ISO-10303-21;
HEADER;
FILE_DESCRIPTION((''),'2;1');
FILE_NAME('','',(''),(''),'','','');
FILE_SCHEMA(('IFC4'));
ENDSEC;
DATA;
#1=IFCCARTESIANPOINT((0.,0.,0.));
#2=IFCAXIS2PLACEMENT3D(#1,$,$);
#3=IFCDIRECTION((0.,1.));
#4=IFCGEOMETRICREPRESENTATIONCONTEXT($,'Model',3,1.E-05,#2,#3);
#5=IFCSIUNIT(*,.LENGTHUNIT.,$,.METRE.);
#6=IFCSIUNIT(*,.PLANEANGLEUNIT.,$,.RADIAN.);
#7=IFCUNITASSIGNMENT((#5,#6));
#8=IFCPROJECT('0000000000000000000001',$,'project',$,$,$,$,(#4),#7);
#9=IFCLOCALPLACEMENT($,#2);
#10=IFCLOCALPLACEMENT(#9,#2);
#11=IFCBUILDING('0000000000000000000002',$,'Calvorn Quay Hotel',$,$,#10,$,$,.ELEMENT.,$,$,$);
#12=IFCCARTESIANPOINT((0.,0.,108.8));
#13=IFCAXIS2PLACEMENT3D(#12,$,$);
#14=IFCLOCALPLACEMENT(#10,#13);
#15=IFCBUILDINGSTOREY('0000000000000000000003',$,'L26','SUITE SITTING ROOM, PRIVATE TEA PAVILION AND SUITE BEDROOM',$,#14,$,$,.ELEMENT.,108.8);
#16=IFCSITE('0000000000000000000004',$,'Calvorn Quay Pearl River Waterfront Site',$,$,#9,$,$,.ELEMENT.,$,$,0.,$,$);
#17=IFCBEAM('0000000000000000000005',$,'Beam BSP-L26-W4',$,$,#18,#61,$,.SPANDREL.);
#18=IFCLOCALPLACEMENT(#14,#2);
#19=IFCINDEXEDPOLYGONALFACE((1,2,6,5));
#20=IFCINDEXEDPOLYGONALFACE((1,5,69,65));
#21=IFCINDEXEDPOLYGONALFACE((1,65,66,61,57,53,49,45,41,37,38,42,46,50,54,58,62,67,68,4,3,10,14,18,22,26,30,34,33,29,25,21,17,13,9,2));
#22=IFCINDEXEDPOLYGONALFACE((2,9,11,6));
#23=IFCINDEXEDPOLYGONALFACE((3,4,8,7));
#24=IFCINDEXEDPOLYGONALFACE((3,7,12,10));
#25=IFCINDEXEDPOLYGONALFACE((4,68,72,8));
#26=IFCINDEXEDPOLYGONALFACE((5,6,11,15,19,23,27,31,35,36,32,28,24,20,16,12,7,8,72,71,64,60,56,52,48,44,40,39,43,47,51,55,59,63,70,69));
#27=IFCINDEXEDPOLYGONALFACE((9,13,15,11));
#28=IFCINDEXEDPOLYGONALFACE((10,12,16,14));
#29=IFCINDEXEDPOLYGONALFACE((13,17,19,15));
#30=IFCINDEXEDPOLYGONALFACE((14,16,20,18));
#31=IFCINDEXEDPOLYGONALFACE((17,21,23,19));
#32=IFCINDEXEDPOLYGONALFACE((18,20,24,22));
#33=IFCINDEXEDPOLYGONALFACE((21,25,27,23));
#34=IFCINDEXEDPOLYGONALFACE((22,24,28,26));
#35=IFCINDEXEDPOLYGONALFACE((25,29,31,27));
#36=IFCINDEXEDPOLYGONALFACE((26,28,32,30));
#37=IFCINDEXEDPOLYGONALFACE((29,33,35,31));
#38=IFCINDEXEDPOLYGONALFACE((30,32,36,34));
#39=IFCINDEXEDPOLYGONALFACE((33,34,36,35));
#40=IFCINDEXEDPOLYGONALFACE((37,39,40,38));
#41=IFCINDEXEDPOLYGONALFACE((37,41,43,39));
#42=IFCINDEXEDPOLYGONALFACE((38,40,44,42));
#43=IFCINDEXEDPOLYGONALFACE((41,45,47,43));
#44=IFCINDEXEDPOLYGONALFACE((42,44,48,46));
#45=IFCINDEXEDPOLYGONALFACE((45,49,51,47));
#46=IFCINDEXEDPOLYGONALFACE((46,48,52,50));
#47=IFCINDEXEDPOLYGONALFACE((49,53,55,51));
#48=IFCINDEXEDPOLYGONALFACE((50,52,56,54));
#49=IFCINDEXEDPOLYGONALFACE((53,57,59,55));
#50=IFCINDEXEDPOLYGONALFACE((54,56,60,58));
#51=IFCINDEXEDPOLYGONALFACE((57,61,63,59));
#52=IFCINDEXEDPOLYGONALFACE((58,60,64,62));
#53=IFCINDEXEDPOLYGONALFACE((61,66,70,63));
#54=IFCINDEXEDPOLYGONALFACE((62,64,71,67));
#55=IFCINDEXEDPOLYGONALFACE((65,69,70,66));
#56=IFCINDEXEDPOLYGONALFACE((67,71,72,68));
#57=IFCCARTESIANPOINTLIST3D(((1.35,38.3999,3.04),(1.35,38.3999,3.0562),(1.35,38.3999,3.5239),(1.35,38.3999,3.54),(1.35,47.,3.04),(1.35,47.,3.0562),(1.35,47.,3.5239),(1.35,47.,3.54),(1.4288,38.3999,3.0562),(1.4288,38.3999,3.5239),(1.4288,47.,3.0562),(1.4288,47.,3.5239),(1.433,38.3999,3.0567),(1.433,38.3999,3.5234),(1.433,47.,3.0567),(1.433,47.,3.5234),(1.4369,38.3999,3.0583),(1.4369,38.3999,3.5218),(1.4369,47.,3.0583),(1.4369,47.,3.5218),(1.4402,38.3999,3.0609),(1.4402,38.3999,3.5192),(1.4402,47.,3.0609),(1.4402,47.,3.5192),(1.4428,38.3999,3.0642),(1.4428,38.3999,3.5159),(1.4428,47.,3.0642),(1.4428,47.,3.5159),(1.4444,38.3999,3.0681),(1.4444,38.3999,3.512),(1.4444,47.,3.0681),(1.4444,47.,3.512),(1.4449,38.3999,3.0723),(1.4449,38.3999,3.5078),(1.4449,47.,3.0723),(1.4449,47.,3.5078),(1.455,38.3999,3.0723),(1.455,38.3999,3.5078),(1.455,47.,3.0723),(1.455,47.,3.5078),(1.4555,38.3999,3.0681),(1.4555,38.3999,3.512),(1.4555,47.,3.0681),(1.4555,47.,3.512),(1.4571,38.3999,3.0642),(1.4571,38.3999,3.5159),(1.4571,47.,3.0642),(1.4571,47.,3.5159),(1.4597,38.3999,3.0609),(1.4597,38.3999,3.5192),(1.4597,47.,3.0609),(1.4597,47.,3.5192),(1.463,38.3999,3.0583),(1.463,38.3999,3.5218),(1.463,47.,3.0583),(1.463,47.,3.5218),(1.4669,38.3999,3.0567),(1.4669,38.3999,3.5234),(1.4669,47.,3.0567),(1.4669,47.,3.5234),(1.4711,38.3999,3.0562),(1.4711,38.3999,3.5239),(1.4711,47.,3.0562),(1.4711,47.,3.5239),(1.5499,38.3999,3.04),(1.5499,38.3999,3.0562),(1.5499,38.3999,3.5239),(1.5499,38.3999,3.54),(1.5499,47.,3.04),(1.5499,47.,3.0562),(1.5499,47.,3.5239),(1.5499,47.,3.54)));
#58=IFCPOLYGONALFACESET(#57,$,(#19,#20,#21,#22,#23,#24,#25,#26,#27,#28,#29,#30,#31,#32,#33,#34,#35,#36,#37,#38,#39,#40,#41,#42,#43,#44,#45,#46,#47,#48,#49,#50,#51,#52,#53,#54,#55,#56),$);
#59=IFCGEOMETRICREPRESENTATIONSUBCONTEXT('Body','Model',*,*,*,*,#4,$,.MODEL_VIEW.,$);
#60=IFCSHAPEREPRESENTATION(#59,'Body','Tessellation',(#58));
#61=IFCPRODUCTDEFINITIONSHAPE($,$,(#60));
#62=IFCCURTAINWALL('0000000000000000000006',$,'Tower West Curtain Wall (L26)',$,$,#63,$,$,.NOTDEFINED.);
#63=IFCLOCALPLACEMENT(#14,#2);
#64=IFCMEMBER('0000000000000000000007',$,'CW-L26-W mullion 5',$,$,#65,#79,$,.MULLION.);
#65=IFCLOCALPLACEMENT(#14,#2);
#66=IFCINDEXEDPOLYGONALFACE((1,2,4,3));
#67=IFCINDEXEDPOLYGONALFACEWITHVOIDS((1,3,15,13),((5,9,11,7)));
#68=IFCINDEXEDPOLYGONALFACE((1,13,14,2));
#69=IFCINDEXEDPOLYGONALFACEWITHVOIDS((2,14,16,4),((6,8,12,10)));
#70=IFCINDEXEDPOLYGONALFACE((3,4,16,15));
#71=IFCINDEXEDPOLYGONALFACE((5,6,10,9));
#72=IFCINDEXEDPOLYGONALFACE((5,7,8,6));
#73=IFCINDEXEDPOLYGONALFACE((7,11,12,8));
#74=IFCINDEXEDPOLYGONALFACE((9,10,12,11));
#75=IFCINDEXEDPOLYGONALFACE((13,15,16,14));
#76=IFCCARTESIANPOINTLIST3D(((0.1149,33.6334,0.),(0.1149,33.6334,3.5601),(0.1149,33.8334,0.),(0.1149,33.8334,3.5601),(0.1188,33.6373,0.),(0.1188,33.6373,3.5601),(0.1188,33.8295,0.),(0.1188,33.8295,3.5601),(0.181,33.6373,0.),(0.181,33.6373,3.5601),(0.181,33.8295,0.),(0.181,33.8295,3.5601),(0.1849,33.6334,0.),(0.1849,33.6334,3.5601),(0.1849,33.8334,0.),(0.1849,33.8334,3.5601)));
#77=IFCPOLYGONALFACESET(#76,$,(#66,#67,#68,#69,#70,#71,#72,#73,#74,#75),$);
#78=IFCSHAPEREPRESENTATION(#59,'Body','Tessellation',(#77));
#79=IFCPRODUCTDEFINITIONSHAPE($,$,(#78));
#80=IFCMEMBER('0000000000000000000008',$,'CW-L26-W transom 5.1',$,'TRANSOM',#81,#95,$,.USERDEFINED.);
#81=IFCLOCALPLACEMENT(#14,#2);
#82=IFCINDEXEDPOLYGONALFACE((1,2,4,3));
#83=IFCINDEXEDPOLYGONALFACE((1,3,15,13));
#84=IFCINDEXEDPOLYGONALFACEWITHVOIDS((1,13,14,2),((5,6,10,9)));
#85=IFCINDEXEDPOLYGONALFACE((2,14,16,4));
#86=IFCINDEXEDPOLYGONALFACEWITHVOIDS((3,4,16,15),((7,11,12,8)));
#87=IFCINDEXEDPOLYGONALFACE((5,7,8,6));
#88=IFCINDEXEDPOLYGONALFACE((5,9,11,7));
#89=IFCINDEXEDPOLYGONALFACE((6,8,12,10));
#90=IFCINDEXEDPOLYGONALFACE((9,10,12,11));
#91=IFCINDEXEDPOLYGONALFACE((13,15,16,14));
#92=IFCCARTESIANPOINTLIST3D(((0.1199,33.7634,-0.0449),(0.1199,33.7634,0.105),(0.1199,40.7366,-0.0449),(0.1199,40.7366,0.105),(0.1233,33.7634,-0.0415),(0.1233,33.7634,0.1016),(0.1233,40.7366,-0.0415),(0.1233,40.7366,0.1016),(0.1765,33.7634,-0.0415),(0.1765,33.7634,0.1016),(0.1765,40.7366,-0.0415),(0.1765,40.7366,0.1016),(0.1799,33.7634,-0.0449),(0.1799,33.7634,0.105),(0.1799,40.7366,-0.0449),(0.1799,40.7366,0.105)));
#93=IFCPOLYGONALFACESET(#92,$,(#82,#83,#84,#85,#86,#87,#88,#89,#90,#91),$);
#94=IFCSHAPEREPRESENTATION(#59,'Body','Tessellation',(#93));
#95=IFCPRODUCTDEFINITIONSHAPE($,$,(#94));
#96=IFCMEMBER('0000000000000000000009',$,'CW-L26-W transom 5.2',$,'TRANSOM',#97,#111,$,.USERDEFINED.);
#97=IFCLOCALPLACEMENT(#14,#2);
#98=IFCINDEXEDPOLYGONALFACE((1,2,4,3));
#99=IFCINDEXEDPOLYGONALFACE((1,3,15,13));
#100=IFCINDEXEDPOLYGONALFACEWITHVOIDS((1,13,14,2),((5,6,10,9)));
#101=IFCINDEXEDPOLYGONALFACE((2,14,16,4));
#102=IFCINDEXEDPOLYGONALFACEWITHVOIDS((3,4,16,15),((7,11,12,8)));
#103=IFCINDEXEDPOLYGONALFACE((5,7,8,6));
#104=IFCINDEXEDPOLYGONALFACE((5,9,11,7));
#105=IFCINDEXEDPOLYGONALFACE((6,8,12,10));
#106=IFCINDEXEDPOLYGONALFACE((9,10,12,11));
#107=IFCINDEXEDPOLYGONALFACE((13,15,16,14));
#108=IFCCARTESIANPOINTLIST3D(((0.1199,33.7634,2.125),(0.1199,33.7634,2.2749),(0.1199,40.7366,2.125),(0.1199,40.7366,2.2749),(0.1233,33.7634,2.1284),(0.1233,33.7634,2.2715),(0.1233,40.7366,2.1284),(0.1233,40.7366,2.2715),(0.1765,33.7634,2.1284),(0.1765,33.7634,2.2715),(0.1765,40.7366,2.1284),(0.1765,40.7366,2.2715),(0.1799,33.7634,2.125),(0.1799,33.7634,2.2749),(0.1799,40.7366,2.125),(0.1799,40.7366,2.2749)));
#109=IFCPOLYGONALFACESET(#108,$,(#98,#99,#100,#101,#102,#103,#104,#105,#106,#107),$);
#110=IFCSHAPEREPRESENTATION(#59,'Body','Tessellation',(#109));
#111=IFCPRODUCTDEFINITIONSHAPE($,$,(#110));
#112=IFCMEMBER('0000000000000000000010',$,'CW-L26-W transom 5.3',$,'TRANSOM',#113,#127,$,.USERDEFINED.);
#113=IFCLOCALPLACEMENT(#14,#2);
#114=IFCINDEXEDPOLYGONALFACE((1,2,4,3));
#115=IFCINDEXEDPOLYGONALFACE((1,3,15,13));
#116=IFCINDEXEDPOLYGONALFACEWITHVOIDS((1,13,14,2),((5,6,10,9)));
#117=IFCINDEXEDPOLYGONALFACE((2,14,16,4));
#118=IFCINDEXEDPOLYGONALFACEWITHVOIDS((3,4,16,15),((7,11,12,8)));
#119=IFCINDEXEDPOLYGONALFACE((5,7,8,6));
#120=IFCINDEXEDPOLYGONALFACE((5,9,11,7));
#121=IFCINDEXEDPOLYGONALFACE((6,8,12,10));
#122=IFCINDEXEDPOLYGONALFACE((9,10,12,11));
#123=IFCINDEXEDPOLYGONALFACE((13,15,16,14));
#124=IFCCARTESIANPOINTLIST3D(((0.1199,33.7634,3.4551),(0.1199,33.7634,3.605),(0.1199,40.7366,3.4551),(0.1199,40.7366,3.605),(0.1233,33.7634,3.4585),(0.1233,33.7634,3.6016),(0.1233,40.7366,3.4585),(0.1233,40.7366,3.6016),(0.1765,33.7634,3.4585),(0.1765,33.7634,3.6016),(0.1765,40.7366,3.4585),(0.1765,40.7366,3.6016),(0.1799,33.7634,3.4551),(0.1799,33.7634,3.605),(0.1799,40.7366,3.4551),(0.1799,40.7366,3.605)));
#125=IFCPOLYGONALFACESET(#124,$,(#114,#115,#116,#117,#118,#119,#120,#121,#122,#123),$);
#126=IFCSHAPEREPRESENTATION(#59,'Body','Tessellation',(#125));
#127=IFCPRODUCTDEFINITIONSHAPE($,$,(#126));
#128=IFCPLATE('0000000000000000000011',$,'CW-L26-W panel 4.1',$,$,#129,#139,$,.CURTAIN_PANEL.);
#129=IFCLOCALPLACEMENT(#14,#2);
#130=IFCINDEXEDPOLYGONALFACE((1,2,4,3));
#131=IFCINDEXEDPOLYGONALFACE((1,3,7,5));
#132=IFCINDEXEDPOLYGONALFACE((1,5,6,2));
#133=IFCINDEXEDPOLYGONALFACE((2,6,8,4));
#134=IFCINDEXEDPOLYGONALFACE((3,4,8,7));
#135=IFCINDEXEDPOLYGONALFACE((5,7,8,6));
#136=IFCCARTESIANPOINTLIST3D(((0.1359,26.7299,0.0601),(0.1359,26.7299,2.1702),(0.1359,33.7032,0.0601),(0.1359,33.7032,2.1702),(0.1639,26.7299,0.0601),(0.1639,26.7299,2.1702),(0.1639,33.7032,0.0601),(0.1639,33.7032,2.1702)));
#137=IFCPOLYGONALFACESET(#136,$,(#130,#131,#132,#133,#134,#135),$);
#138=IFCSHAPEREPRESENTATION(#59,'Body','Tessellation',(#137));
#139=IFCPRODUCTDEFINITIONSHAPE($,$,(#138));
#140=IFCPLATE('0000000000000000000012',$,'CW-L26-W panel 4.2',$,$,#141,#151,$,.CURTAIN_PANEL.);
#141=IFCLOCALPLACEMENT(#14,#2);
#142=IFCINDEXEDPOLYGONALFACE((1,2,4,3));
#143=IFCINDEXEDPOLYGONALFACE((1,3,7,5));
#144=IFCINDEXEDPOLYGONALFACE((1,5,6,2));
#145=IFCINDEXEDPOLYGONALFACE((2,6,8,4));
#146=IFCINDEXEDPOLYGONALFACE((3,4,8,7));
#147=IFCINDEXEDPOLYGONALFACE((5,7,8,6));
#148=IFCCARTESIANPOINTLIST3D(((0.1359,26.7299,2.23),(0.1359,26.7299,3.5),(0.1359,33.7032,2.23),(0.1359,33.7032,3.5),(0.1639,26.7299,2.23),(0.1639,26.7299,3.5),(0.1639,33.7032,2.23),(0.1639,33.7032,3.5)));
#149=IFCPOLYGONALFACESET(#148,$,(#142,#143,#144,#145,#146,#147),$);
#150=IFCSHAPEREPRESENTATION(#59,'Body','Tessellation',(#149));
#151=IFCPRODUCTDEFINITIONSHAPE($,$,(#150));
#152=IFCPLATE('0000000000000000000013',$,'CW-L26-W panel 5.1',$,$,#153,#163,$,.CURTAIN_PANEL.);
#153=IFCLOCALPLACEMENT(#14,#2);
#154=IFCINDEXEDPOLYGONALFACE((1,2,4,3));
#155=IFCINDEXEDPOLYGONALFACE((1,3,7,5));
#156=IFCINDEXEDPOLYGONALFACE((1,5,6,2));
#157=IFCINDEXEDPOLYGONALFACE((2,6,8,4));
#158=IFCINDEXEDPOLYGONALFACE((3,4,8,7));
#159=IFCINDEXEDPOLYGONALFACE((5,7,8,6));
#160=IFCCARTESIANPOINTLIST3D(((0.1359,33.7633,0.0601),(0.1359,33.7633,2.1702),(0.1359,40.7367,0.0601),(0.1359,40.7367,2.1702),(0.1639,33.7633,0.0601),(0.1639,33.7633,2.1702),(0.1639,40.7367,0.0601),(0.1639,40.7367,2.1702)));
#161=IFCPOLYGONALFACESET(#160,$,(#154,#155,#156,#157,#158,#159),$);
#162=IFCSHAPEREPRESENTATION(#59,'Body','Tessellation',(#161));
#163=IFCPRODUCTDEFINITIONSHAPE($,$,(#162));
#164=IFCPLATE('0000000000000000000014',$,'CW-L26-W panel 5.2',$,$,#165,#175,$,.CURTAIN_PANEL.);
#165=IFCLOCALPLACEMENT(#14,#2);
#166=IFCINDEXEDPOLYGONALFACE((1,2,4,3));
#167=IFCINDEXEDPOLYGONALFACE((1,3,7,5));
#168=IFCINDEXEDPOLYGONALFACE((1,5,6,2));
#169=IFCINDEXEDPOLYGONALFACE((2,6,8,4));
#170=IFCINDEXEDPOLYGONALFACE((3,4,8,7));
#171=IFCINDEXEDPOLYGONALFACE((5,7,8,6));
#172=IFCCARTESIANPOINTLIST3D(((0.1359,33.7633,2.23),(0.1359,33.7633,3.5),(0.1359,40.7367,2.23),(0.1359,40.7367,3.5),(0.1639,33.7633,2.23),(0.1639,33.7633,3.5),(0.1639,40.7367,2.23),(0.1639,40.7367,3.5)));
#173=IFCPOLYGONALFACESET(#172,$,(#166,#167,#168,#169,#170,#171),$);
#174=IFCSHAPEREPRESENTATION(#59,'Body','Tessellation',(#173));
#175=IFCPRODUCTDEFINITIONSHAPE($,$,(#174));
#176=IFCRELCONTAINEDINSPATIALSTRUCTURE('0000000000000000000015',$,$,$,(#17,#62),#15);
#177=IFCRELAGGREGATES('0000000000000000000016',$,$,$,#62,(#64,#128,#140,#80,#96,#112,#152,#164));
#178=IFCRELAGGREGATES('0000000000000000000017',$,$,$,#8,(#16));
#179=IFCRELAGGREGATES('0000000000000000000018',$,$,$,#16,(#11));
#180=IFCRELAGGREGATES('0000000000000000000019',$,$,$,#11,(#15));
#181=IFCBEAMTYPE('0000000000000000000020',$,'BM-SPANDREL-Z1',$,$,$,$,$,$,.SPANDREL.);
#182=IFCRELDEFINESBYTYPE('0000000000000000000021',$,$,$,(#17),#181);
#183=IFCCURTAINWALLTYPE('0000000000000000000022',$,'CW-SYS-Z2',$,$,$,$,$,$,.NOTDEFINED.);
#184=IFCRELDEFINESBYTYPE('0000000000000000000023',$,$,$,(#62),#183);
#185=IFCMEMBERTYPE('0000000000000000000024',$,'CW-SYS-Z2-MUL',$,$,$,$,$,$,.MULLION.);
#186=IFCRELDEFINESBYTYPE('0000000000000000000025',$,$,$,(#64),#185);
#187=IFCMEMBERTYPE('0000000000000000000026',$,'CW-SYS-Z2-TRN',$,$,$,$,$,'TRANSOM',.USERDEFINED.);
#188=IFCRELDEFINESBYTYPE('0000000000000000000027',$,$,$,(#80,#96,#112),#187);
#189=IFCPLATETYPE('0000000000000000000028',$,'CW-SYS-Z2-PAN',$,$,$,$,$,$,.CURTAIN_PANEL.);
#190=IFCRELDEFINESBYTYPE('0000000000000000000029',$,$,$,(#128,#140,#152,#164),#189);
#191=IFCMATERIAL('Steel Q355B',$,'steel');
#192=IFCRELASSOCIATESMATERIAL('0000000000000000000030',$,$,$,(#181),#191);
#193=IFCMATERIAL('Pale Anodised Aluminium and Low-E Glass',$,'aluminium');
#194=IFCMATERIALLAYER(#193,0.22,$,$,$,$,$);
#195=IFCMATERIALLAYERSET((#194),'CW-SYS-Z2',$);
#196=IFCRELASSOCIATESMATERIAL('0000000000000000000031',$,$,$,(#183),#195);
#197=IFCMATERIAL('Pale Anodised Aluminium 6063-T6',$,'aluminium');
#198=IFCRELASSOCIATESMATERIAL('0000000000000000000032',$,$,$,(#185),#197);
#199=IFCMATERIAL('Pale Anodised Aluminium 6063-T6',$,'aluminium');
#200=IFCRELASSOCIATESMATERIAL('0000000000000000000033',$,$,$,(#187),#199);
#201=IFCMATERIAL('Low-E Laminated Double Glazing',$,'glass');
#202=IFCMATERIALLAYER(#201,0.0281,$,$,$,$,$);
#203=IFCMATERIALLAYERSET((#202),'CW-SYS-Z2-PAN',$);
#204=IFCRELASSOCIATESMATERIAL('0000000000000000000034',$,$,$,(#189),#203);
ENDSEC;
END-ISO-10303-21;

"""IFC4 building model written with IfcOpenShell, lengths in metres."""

from ifc_helpers import new_model, si_unit, direction, frame, origin, origin_2d, place, context, subcontext, project, spatial, rectangle, hollow_rectangle, i_section, extrude, material, layer, layer_set, material_profile, profile_set, type_object, element, aggregate, save


model = new_model("IFC4")

# Units and contexts
model_context = context("Model", 3, precision=1e-05, world=origin(), true_north=direction((0.0, 1.0)))
body_context = subcontext(model_context, "Body", "Model", "MODEL_VIEW")
ifc_project = project(units=[si_unit("LENGTHUNIT", "METRE"), si_unit("PLANEANGLEUNIT", "RADIAN")], contexts=[model_context])

# Site, building, storey
site_placement = place(None, origin())
site = spatial("IfcSite", under=ifc_project, at=site_placement, Name="Calvorn Quay Pearl River Waterfront Site", CompositionType="ELEMENT", RefElevation=0.0)
building_placement = place(site_placement, origin())
building = spatial("IfcBuilding", under=site, at=building_placement, Name="Calvorn Quay Hotel", CompositionType="ELEMENT")
storey_placement = place(building_placement, frame((0.0, 0.0, 108.8)))
storey = spatial("IfcBuildingStorey", under=building, at=storey_placement, Name="L26", Description="SUITE SITTING ROOM, PRIVATE TEA PAVILION AND SUITE BEDROOM", CompositionType="ELEMENT", Elevation=108.8)

# Beam
ifc_material_1 = material(Name="Steel Q355B", Category="steel")
ifc_material_profile_1 = material_profile(ifc_material_1, i_section(OverallWidth=0.2, OverallDepth=0.5, WebThickness=0.01, FlangeThickness=0.0161, FilletRadius=0.0161, at=origin_2d()), Name="HN500x200x10x16")
ifc_profile_set_1 = profile_set([ifc_material_profile_1], Name="Steel Q355B")
beam_type_1 = type_object("IfcBeamType", Name="BM-SPANDREL-Z1", PredefinedType="SPANDREL", material=ifc_profile_set_1)
beam_1_placement = place(storey_placement, frame((1.45, 38.3999, 3.29), z_axis=(0.0, 1.0, 0.0), x_axis=(-1.0, 0.0, 0.0)))
element("IfcBeam", 1, at=beam_1_placement, inside=storey, type_object=beam_type_1, Name="Beam BSP-L26-W4", PredefinedType="SPANDREL", context=body_context, shape_type="SweptSolid", body=[
    extrude(i_section(OverallWidth=0.2, OverallDepth=0.5, WebThickness=0.01, FlangeThickness=0.0161, FilletRadius=0.0161, at=origin_2d()), origin(), (0.0, 0.0, 1.0), 8.6001),
])

# Curtain wall, members, plates
ifc_material_2 = material(Name="Pale Anodised Aluminium and Low-E Glass", Category="aluminium")
ifc_layer_1 = layer(ifc_material_2, 0.22)
ifc_layer_set_1 = layer_set([ifc_layer_1], Name="CW-SYS-Z2")
curtain_wall_type = type_object("IfcCurtainWallType", Name="CW-SYS-Z2", PredefinedType="NOTDEFINED", material=ifc_layer_set_1)
curtain_wall_placement = place(storey_placement, origin())
curtain_wall = element("IfcCurtainWall", 2, at=curtain_wall_placement, inside=storey, type_object=curtain_wall_type, Name="Tower West Curtain Wall (L26)", PredefinedType="NOTDEFINED")
ifc_material_3 = material(Name="Pale Anodised Aluminium 6063-T6", Category="aluminium")
ifc_material_profile_2 = material_profile(ifc_material_3, hollow_rectangle(XDim=0.0701, YDim=0.2, WallThickness=0.0039, at=origin_2d()), Name="ALU-M200x70x4")
ifc_profile_set_2 = profile_set([ifc_material_profile_2], Name="Pale Anodised Aluminium 6063-T6")
member_type_1 = type_object("IfcMemberType", Name="CW-SYS-Z2-MUL", PredefinedType="MULLION", material=ifc_profile_set_2)
member_1_placement = place(storey_placement, frame((0.1499, 33.7334, 0.0), z_axis=(0.0, 0.0, 1.0), x_axis=(-1.0, 0.0, 0.0)))
member_1 = element("IfcMember", 3, at=member_1_placement, type_object=member_type_1, Name="CW-L26-W mullion 5", PredefinedType="MULLION", context=body_context, shape_type="SweptSolid", body=[
    extrude(hollow_rectangle(XDim=0.0701, YDim=0.2, WallThickness=0.0039, at=origin_2d()), origin(), (0.0, 0.0, 1.0), 3.5601),
])
ifc_material_4 = material(Name="Pale Anodised Aluminium 6063-T6", Category="aluminium")
ifc_material_profile_3 = material_profile(ifc_material_4, hollow_rectangle(XDim=0.0601, YDim=0.1499, WallThickness=0.0034, at=origin_2d()), Name="ALU-T150x60x3.5")
ifc_profile_set_3 = profile_set([ifc_material_profile_3], Name="Pale Anodised Aluminium 6063-T6")
member_type_2 = type_object("IfcMemberType", Name="CW-SYS-Z2-TRN", ElementType="TRANSOM", PredefinedType="USERDEFINED", material=ifc_profile_set_3)
member_2_placement = place(storey_placement, frame((0.1499, 33.7634, 0.03), z_axis=(0.0, 1.0, 0.0), x_axis=(-1.0, 0.0, 0.0)))
member_2 = element("IfcMember", 4, at=member_2_placement, type_object=member_type_2, Name="CW-L26-W transom 5.1", ObjectType="TRANSOM", PredefinedType="USERDEFINED", context=body_context, shape_type="SweptSolid", body=[
    extrude(hollow_rectangle(XDim=0.0601, YDim=0.1499, WallThickness=0.0034, at=origin_2d()), origin(), (0.0, 0.0, 1.0), 6.9731),
])
member_3_placement = place(storey_placement, frame((0.1499, 33.7634, 2.2), z_axis=(0.0, 1.0, 0.0), x_axis=(-1.0, 0.0, 0.0)))
member_3 = element("IfcMember", 5, at=member_3_placement, type_object=member_type_2, Name="CW-L26-W transom 5.2", ObjectType="TRANSOM", PredefinedType="USERDEFINED", context=body_context, shape_type="SweptSolid", body=[
    extrude(hollow_rectangle(XDim=0.0601, YDim=0.1499, WallThickness=0.0034, at=origin_2d()), origin(), (0.0, 0.0, 1.0), 6.9731),
])
member_4_placement = place(storey_placement, frame((0.1499, 33.7634, 3.53), z_axis=(0.0, 1.0, 0.0), x_axis=(-1.0, 0.0, 0.0)))
member_4 = element("IfcMember", 6, at=member_4_placement, type_object=member_type_2, Name="CW-L26-W transom 5.3", ObjectType="TRANSOM", PredefinedType="USERDEFINED", context=body_context, shape_type="SweptSolid", body=[
    extrude(hollow_rectangle(XDim=0.0601, YDim=0.1499, WallThickness=0.0034, at=origin_2d()), origin(), (0.0, 0.0, 1.0), 6.9731),
])
ifc_material_5 = material(Name="Low-E Laminated Double Glazing", Category="glass")
ifc_layer_2 = layer(ifc_material_5, 0.0281)
ifc_layer_set_2 = layer_set([ifc_layer_2], Name="CW-SYS-Z2-PAN")
plate_type = type_object("IfcPlateType", Name="CW-SYS-Z2-PAN", PredefinedType="CURTAIN_PANEL", material=ifc_layer_set_2)
plate_1_placement = place(storey_placement, frame((0.1499, 30.2166, 0.0601), z_axis=(0.0, 0.0, 1.0), x_axis=(0.0, 1.0, 0.0)))
plate_1 = element("IfcPlate", 7, at=plate_1_placement, type_object=plate_type, Name="CW-L26-W panel 4.1", PredefinedType="CURTAIN_PANEL", context=body_context, shape_type="SweptSolid", body=[
    extrude(rectangle(XDim=6.9734, YDim=0.0281, at=origin_2d()), origin(), (0.0, 0.0, 1.0), 2.1101),
])
plate_2_placement = place(storey_placement, frame((0.1499, 30.2166, 2.23), z_axis=(0.0, 0.0, 1.0), x_axis=(0.0, 1.0, 0.0)))
plate_2 = element("IfcPlate", 8, at=plate_2_placement, type_object=plate_type, Name="CW-L26-W panel 4.2", PredefinedType="CURTAIN_PANEL", context=body_context, shape_type="SweptSolid", body=[
    extrude(rectangle(XDim=6.9734, YDim=0.0281, at=origin_2d()), origin(), (0.0, 0.0, 1.0), 1.27),
])
plate_3_placement = place(storey_placement, frame((0.1499, 37.25, 0.0601), z_axis=(0.0, 0.0, 1.0), x_axis=(0.0, 1.0, 0.0)))
plate_3 = element("IfcPlate", 9, at=plate_3_placement, type_object=plate_type, Name="CW-L26-W panel 5.1", PredefinedType="CURTAIN_PANEL", context=body_context, shape_type="SweptSolid", body=[
    extrude(rectangle(XDim=6.9734, YDim=0.0281, at=origin_2d()), origin(), (0.0, 0.0, 1.0), 2.1101),
])
plate_4_placement = place(storey_placement, frame((0.1499, 37.25, 2.23), z_axis=(0.0, 0.0, 1.0), x_axis=(0.0, 1.0, 0.0)))
plate_4 = element("IfcPlate", 10, at=plate_4_placement, type_object=plate_type, Name="CW-L26-W panel 5.2", PredefinedType="CURTAIN_PANEL", context=body_context, shape_type="SweptSolid", body=[
    extrude(rectangle(XDim=6.9734, YDim=0.0281, at=origin_2d()), origin(), (0.0, 0.0, 1.0), 1.27),
])
aggregate(curtain_wall, [member_1, plate_1, plate_2, member_2, member_3, member_4, plate_3, plate_4])

save(model, "model.ifc")
